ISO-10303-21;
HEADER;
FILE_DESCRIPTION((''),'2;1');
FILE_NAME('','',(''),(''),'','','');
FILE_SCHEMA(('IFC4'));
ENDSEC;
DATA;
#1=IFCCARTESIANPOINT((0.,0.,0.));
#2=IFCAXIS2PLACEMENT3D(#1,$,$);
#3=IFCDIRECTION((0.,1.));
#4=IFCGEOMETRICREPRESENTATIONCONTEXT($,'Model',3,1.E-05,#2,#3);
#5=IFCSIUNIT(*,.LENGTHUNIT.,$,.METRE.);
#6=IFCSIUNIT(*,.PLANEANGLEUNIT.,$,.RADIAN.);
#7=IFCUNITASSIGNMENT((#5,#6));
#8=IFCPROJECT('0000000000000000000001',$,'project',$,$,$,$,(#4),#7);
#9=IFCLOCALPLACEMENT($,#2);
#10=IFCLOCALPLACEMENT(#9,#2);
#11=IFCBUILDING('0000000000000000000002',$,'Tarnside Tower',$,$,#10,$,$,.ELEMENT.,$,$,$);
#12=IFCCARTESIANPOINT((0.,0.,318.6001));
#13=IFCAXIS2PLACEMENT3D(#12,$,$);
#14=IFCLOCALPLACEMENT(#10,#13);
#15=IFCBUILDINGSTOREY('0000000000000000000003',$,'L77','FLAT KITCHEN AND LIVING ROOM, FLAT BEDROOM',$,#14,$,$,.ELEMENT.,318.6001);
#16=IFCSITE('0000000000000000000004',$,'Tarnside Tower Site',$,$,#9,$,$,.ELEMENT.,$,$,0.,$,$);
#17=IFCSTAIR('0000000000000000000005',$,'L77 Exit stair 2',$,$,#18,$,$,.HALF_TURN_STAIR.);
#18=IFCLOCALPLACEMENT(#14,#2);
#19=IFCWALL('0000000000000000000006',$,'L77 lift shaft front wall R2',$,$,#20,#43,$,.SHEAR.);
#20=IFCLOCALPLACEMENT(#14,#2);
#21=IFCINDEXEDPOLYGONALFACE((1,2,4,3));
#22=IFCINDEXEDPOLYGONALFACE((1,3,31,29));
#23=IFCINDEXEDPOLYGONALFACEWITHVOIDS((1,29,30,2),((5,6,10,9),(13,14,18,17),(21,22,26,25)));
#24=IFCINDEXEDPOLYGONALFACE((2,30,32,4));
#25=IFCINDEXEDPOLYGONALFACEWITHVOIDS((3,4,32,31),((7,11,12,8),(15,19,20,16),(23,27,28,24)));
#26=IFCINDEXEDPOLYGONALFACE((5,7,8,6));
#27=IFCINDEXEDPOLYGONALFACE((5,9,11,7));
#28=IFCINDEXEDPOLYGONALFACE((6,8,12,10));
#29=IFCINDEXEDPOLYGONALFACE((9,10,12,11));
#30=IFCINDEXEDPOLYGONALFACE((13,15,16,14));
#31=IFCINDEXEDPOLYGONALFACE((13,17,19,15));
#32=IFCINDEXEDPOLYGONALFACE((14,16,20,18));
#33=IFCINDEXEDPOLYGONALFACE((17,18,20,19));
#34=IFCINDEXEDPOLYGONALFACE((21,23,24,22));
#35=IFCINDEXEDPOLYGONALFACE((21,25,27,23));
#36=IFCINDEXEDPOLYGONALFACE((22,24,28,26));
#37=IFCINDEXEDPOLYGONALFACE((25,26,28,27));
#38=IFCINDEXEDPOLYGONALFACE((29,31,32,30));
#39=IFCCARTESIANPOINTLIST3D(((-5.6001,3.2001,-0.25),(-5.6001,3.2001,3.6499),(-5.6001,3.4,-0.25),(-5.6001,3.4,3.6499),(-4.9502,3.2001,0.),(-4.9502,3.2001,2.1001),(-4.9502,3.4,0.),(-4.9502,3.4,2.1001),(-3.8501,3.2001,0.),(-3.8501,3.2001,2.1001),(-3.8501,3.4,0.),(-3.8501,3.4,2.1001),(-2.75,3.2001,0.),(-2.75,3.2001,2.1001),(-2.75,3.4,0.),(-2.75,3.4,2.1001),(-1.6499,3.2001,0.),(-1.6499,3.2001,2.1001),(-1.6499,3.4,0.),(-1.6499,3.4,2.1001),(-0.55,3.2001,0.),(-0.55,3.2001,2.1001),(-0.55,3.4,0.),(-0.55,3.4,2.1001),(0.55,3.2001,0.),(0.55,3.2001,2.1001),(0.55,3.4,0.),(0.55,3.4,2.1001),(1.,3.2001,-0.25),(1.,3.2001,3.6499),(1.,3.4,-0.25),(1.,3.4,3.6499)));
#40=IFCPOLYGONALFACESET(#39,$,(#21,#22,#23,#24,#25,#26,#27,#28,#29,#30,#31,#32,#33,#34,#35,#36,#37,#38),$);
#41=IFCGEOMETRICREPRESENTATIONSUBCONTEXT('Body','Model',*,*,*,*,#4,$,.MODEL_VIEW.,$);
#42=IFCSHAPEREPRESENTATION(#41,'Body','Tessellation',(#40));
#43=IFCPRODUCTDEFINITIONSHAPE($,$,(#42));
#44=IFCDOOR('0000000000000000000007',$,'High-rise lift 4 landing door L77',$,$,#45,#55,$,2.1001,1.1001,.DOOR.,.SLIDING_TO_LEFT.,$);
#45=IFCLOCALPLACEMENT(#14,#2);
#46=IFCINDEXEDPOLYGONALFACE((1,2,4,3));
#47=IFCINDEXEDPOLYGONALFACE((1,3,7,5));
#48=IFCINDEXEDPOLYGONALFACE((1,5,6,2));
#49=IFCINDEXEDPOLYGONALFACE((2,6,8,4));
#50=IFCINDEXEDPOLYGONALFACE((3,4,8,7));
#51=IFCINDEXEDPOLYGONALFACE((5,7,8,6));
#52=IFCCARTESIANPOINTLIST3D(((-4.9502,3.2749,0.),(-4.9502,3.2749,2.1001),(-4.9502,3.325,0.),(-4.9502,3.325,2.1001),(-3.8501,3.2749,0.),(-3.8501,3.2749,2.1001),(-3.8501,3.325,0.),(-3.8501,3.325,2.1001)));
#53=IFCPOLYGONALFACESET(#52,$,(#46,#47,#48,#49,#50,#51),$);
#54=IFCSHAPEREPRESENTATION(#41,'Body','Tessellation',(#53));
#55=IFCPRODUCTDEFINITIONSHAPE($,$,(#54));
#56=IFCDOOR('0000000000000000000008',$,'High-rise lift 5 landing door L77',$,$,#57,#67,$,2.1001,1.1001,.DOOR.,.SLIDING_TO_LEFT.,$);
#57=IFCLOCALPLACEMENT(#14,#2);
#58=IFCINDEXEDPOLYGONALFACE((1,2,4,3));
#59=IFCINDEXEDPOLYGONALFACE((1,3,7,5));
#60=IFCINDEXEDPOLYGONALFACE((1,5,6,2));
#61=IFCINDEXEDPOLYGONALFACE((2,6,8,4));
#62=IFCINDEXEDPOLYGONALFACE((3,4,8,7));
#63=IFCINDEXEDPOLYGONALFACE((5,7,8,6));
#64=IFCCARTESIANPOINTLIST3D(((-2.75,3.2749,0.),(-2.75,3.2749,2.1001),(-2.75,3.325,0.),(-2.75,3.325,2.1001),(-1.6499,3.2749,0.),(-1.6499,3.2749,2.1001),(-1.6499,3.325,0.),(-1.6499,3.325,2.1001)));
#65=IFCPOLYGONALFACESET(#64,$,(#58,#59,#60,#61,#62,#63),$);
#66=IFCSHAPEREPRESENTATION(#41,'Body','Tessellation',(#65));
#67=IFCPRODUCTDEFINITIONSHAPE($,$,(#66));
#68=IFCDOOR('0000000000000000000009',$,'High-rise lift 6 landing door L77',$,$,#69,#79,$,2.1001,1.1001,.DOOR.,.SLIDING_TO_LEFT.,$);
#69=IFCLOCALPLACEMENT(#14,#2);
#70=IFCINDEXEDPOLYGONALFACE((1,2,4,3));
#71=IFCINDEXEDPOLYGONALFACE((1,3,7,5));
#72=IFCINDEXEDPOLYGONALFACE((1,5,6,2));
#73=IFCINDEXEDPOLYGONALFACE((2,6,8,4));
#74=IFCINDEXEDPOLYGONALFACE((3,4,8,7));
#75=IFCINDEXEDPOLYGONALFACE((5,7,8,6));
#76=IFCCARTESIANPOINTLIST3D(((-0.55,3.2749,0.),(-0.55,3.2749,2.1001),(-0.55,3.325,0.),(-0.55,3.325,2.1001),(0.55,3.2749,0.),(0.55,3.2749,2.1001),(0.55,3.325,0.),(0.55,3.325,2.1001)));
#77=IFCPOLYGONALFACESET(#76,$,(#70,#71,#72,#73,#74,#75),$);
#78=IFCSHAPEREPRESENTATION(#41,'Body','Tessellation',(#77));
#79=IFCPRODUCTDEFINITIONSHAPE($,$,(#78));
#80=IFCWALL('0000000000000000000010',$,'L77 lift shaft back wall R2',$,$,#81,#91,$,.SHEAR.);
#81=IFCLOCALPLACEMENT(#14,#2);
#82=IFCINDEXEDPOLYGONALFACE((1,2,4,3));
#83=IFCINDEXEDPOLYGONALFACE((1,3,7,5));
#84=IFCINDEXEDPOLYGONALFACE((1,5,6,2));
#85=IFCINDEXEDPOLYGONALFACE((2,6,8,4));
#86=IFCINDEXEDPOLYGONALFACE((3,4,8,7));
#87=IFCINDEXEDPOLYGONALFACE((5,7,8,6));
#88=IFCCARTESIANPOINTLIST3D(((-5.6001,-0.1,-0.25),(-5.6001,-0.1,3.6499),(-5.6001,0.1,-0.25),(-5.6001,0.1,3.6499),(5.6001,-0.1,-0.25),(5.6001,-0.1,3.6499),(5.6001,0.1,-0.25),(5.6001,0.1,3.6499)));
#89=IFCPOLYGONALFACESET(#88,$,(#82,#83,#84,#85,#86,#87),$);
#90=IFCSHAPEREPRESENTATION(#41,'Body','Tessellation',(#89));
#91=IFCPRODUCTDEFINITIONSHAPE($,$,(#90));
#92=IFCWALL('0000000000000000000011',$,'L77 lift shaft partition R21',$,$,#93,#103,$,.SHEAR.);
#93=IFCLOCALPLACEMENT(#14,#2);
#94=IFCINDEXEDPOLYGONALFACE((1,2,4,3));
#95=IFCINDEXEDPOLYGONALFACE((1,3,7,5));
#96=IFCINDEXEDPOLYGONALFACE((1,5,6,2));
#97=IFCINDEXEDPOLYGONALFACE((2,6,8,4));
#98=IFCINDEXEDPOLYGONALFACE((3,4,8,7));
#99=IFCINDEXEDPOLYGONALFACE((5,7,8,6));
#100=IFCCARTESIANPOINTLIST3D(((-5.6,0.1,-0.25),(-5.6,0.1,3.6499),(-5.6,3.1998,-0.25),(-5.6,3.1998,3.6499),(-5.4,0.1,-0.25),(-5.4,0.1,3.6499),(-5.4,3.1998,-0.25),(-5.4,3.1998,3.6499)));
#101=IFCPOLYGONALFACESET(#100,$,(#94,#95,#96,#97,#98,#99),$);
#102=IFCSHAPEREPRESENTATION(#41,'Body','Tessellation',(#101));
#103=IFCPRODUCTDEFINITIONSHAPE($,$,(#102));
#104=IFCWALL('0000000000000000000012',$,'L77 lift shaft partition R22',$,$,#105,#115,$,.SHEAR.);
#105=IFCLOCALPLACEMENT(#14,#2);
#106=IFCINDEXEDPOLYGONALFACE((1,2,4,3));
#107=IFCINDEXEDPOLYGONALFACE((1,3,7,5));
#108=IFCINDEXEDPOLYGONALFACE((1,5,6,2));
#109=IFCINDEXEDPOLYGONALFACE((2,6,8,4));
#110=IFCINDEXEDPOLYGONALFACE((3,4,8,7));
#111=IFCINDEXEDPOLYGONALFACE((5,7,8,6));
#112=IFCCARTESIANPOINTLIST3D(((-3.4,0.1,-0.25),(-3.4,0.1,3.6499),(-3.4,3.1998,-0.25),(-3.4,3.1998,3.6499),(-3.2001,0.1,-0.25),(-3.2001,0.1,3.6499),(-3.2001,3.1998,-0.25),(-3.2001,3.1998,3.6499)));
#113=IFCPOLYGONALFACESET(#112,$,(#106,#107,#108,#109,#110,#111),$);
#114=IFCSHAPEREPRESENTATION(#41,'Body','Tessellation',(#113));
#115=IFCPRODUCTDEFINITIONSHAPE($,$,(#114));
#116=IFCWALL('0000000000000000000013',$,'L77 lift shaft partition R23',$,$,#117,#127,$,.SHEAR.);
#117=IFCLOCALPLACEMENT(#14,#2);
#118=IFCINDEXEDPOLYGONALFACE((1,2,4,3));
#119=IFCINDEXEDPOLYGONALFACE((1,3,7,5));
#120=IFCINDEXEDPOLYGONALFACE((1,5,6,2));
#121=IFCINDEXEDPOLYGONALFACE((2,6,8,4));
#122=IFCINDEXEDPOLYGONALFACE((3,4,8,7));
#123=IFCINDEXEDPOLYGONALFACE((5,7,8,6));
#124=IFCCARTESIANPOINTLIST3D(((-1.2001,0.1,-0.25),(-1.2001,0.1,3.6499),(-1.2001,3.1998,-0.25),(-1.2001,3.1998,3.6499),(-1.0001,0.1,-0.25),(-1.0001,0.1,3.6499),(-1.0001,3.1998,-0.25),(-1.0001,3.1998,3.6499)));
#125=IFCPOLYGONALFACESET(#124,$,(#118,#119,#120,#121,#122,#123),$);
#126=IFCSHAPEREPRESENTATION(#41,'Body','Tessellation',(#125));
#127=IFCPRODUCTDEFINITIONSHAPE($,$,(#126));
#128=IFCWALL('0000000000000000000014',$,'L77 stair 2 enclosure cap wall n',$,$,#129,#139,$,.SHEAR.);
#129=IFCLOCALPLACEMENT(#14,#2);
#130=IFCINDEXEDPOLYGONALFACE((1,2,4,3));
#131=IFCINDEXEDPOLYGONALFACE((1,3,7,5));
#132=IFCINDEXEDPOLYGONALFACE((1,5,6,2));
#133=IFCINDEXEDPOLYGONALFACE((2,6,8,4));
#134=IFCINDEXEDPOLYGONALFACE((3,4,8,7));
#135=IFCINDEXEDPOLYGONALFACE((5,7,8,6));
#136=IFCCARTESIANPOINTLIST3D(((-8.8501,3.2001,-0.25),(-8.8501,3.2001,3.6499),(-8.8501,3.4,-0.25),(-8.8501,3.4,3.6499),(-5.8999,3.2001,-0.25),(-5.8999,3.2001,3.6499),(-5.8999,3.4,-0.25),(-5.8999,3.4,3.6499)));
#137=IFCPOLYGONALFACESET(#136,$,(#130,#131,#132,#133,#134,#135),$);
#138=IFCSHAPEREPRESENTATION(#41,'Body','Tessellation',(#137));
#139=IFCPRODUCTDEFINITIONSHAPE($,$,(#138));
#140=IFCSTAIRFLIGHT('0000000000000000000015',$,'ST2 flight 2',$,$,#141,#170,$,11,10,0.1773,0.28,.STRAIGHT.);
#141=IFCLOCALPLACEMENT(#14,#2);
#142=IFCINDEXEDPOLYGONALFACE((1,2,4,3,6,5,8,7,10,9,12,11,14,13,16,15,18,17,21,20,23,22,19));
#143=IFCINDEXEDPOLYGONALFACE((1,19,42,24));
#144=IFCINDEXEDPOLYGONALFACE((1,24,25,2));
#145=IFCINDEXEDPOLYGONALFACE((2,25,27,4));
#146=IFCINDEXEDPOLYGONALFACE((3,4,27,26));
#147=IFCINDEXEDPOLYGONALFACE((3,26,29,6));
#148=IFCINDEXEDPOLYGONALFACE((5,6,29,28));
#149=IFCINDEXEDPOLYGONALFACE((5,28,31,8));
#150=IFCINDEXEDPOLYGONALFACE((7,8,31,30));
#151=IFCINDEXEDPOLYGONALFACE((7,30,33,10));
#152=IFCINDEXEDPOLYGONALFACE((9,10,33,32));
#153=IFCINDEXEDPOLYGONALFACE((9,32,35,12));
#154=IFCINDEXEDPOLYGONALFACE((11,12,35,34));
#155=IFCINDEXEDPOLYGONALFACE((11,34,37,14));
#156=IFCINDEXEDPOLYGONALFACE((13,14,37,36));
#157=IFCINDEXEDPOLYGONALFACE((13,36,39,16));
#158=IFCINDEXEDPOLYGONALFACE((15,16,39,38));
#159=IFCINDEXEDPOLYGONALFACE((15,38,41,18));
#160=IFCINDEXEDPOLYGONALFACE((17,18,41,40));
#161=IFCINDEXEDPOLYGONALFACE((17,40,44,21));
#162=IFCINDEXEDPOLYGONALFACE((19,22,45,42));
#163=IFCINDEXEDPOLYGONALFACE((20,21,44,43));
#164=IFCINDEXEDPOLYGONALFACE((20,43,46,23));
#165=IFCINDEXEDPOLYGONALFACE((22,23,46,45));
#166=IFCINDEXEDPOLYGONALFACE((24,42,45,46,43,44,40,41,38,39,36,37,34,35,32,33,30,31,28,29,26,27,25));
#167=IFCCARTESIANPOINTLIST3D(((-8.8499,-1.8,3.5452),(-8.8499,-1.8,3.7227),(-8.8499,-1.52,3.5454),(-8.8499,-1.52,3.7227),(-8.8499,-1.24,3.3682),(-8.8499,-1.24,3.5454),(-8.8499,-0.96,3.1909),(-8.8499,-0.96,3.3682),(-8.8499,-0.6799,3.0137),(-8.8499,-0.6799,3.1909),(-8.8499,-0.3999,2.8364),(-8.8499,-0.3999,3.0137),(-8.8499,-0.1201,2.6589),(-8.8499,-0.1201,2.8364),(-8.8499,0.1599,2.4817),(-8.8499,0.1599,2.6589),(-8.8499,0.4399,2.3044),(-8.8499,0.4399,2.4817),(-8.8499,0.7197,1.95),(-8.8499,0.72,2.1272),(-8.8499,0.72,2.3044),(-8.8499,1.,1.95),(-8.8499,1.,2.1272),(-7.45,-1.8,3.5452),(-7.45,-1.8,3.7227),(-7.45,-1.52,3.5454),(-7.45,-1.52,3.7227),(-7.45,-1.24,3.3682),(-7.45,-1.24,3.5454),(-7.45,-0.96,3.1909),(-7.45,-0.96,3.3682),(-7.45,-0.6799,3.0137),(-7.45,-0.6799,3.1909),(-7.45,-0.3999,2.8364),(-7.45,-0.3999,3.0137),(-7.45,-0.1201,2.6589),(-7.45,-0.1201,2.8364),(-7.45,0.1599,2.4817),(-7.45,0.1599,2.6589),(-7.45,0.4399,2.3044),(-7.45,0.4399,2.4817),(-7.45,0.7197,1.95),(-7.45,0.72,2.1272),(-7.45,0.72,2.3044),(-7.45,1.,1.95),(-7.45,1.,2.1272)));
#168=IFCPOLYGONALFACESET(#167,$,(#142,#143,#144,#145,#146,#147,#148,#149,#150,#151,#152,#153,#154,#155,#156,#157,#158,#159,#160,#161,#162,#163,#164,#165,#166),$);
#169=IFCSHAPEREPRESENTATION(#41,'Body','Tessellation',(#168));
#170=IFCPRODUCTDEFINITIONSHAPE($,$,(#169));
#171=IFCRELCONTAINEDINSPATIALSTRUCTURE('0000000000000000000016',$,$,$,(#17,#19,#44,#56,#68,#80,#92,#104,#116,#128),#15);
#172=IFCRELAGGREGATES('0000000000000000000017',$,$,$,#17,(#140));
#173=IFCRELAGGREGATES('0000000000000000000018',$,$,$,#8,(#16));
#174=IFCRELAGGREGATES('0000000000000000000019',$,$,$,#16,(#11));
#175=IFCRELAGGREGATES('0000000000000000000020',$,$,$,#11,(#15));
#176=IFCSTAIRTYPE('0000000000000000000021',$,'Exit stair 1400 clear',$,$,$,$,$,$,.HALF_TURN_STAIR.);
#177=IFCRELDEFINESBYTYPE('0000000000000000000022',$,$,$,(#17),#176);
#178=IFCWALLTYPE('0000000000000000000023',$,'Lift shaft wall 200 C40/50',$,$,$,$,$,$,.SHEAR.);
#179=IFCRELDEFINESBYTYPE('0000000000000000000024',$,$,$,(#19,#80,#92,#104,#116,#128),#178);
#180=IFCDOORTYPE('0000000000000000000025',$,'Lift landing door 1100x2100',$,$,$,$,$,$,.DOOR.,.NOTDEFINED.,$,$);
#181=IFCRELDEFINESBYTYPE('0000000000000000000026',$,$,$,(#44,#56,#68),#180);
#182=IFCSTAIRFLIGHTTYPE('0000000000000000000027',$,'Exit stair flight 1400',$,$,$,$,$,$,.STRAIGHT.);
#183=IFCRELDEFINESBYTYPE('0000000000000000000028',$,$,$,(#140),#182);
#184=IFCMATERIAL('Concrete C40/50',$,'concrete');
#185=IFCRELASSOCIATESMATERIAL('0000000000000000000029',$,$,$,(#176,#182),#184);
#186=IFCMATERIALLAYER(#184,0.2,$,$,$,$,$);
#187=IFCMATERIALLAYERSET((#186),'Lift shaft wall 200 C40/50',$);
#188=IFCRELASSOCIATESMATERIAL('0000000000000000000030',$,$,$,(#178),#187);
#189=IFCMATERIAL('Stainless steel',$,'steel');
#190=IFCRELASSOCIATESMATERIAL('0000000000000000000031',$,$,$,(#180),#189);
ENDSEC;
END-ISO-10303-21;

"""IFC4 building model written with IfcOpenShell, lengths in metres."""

from ifc_helpers import new_model, si_unit, direction, frame, frame_2d, origin, place, context, subcontext, project, spatial, polyline, rectangle, outline, extrude, material, layer, layer_set, type_object, element, fill, aggregate, save


model = new_model("IFC4")

# Units and contexts
model_context = context("Model", 3, precision=1e-05, world=origin(), true_north=direction((0.0, 1.0)))
body_context = subcontext(model_context, "Body", "Model", "MODEL_VIEW")
ifc_project = project(units=[si_unit("LENGTHUNIT", "METRE"), si_unit("PLANEANGLEUNIT", "RADIAN")], contexts=[model_context])

# Site, building, storey
site_placement = place(None, origin())
site = spatial("IfcSite", under=ifc_project, at=site_placement, Name="Tarnside Tower Site", CompositionType="ELEMENT", RefElevation=0.0)
building_placement = place(site_placement, origin())
building = spatial("IfcBuilding", under=site, at=building_placement, Name="Tarnside Tower", CompositionType="ELEMENT")
storey_placement = place(building_placement, frame((0.0, 0.0, 318.6001)))
storey = spatial("IfcBuildingStorey", under=building, at=storey_placement, Name="L77", Description="FLAT KITCHEN AND LIVING ROOM, FLAT BEDROOM", CompositionType="ELEMENT", Elevation=318.6001)

# Shared definitions
ifc_material_1 = material(Name="Concrete C40/50", Category="concrete")

# Stair
stair_type = type_object("IfcStairType", Name="Exit stair 1400 clear", PredefinedType="HALF_TURN_STAIR", material=ifc_material_1)
stair_1_placement = place(storey_placement, origin())
stair_1 = element("IfcStair", 1, at=stair_1_placement, inside=storey, type_object=stair_type, Name="L77 Exit stair 2", PredefinedType="HALF_TURN_STAIR")

# Wall, openings, doors
ifc_layer_1 = layer(ifc_material_1, 0.2)
ifc_layer_set_1 = layer_set([ifc_layer_1], Name="Lift shaft wall 200 C40/50")
wall_type = type_object("IfcWallType", Name="Lift shaft wall 200 C40/50", PredefinedType="SHEAR", material=ifc_layer_set_1)
ifc_material_2 = material(Name="Stainless steel", Category="steel")
door_type_1 = type_object("IfcDoorType", Name="Lift landing door 1100x2100", OperationType="NOTDEFINED", PredefinedType="DOOR", material=ifc_material_2)
wall_1_placement = place(storey_placement, frame((-5.6001, 3.3, -0.25), z_axis=(0.0, 0.0, 1.0), x_axis=(1.0, 0.0, 0.0)))
wall_1 = element("IfcWall", 2, at=wall_1_placement, inside=storey, type_object=wall_type, Name="L77 lift shaft front wall R2", PredefinedType="SHEAR", context=body_context, shape_type="SweptSolid", body=[
    extrude(rectangle(XDim=6.6001, YDim=0.2, at=frame_2d((3.3, 0.0))), origin(), (0.0, 0.0, 1.0), 3.8999),
])
opening_1_placement = place(wall_1_placement, frame((0.6499, 0.0, 0.25)))
opening_1 = element("IfcOpeningElement", 3, at=opening_1_placement, cuts=wall_1, PredefinedType="OPENING", context=body_context, shape_type="SweptSolid", body=[
    extrude(rectangle(XDim=1.1001, YDim=2.1001, at=frame_2d((0.55, 1.05))), frame((0.0, 0.1099, 0.0), z_axis=(0.0, -1.0, 0.0), x_axis=(1.0, 0.0, 0.0)), (0.0, 0.0, 1.0), 0.22),
])
opening_2_placement = place(wall_1_placement, frame((2.8501, 0.0, 0.25)))
opening_2 = element("IfcOpeningElement", 4, at=opening_2_placement, cuts=wall_1, PredefinedType="OPENING", context=body_context, shape_type="SweptSolid", body=[
    extrude(rectangle(XDim=1.1001, YDim=2.1001, at=frame_2d((0.55, 1.05))), frame((0.0, 0.1099, 0.0), z_axis=(0.0, -1.0, 0.0), x_axis=(1.0, 0.0, 0.0)), (0.0, 0.0, 1.0), 0.22),
])
opening_3_placement = place(wall_1_placement, frame((5.05, 0.0, 0.25)))
opening_3 = element("IfcOpeningElement", 5, at=opening_3_placement, cuts=wall_1, PredefinedType="OPENING", context=body_context, shape_type="SweptSolid", body=[
    extrude(rectangle(XDim=1.1001, YDim=2.1001, at=frame_2d((0.55, 1.05))), frame((0.0, 0.1099, 0.0), z_axis=(0.0, -1.0, 0.0), x_axis=(1.0, 0.0, 0.0)), (0.0, 0.0, 1.0), 0.22),
])
door_1_placement = place(opening_1_placement, origin())
door_1 = element("IfcDoor", 6, at=door_1_placement, inside=storey, type_object=door_type_1, Name="High-rise lift 4 landing door L77", OperationType="SLIDING_TO_LEFT", OverallHeight=2.1001, OverallWidth=1.1001, PredefinedType="DOOR", context=body_context, shape_type="SweptSolid", body=[
    extrude(rectangle(XDim=1.1001, YDim=2.1001, at=frame_2d((0.55, 1.05))), frame((0.0, 0.0249, 0.0), z_axis=(0.0, -1.0, 0.0), x_axis=(1.0, 0.0, 0.0)), (0.0, 0.0, 1.0), 0.05),
])
fill(opening_1, door_1)
door_2_placement = place(opening_2_placement, origin())
door_2 = element("IfcDoor", 7, at=door_2_placement, inside=storey, type_object=door_type_1, Name="High-rise lift 5 landing door L77", OperationType="SLIDING_TO_LEFT", OverallHeight=2.1001, OverallWidth=1.1001, PredefinedType="DOOR", context=body_context, shape_type="SweptSolid", body=[
    extrude(rectangle(XDim=1.1001, YDim=2.1001, at=frame_2d((0.55, 1.05))), frame((0.0, 0.0249, 0.0), z_axis=(0.0, -1.0, 0.0), x_axis=(1.0, 0.0, 0.0)), (0.0, 0.0, 1.0), 0.05),
])
fill(opening_2, door_2)
door_3_placement = place(opening_3_placement, origin())
door_3 = element("IfcDoor", 8, at=door_3_placement, inside=storey, type_object=door_type_1, Name="High-rise lift 6 landing door L77", OperationType="SLIDING_TO_LEFT", OverallHeight=2.1001, OverallWidth=1.1001, PredefinedType="DOOR", context=body_context, shape_type="SweptSolid", body=[
    extrude(rectangle(XDim=1.1001, YDim=2.1001, at=frame_2d((0.55, 1.05))), frame((0.0, 0.0249, 0.0), z_axis=(0.0, -1.0, 0.0), x_axis=(1.0, 0.0, 0.0)), (0.0, 0.0, 1.0), 0.05),
])
fill(opening_3, door_3)

# Walls
wall_2_placement = place(storey_placement, frame((-5.6001, 0.0, -0.25), z_axis=(0.0, 0.0, 1.0), x_axis=(1.0, 0.0, 0.0)))
element("IfcWall", 9, at=wall_2_placement, inside=storey, type_object=wall_type, Name="L77 lift shaft back wall R2", PredefinedType="SHEAR", context=body_context, shape_type="SweptSolid", body=[
    extrude(rectangle(XDim=11.2002, YDim=0.2, at=frame_2d((5.6001, 0.0))), origin(), (0.0, 0.0, 1.0), 3.8999),
])
for number, where, z_axis, x_axis, name in (
    (10, (-5.5, 0.1001, -0.25), (0.0, 0.0, 1.0), (0.0, 1.0, 0.0), "L77 lift shaft partition R21"),
    (11, (-3.3, 0.1001, -0.25), (0.0, 0.0, 1.0), (0.0, 1.0, 0.0), "L77 lift shaft partition R22"),
    (12, (-1.1001, 0.1001, -0.25), (0.0, 0.0, 1.0), (0.0, 1.0, 0.0), "L77 lift shaft partition R23"),
):
    element("IfcWall", number, at=place(storey_placement, frame(where, z_axis=z_axis, x_axis=x_axis)), inside=storey, type_object=wall_type, Name=name, PredefinedType="SHEAR", context=body_context, shape_type="SweptSolid", body=[
        extrude(rectangle(XDim=3.0999, YDim=0.2, at=frame_2d((1.5498, 0.0))), origin(), (0.0, 0.0, 1.0), 3.8999),
    ])
wall_3_placement = place(storey_placement, frame((-8.8501, 3.3, -0.25), z_axis=(0.0, 0.0, 1.0), x_axis=(1.0, 0.0, 0.0)))
element("IfcWall", 13, at=wall_3_placement, inside=storey, type_object=wall_type, Name="L77 stair 2 enclosure cap wall n", PredefinedType="SHEAR", context=body_context, shape_type="SweptSolid", body=[
    extrude(rectangle(XDim=2.9502, YDim=0.2, at=frame_2d((1.4751, 0.0))), origin(), (0.0, 0.0, 1.0), 3.8999),
])

# Stair flight
stair_flight_type = type_object("IfcStairFlightType", Name="Exit stair flight 1400", PredefinedType="STRAIGHT", material=ifc_material_1)
stair_flight_placement = place(storey_placement, frame((-8.1499, 1.0, 1.95), z_axis=(0.0, 0.0, 1.0), x_axis=(0.0, -1.0, 0.0)))
stair_flight = element("IfcStairFlight", 14, at=stair_flight_placement, type_object=stair_flight_type, Name="ST2 flight 2", NumberOfRisers=11, NumberOfTreads=10, PredefinedType="STRAIGHT", RiserHeight=0.1773, TreadLength=0.28, context=body_context, shape_type="SweptSolid", body=[
    extrude(outline(polyline([(0.0, 0.0), (0.0, 0.1772), (0.28, 0.1772), (0.28, 0.3545), (0.5601, 0.3545), (0.5601, 0.5317), (0.8401, 0.5317), (0.8401, 0.709), (1.1201, 0.709), (1.1201, 0.8865), (1.3999, 0.8865), (1.3999, 1.0637), (1.6799, 1.0637), (1.6799, 1.241), (1.96, 1.241), (1.96, 1.4182), (2.24, 1.4182), (2.24, 1.5955), (2.52, 1.5955), (2.52, 1.7727), (2.8, 1.7727), (2.8, 1.95), (2.8, 1.5952), (0.2803, 0.0), (0.0, 0.0)])), frame((0.0, 0.7, 0.0), z_axis=(0.0, -1.0, 0.0), x_axis=(1.0, 0.0, 0.0)), (0.0, 0.0, 1.0), 1.3999),
])
aggregate(stair_1, [stair_flight])

save(model, "model.ifc")
